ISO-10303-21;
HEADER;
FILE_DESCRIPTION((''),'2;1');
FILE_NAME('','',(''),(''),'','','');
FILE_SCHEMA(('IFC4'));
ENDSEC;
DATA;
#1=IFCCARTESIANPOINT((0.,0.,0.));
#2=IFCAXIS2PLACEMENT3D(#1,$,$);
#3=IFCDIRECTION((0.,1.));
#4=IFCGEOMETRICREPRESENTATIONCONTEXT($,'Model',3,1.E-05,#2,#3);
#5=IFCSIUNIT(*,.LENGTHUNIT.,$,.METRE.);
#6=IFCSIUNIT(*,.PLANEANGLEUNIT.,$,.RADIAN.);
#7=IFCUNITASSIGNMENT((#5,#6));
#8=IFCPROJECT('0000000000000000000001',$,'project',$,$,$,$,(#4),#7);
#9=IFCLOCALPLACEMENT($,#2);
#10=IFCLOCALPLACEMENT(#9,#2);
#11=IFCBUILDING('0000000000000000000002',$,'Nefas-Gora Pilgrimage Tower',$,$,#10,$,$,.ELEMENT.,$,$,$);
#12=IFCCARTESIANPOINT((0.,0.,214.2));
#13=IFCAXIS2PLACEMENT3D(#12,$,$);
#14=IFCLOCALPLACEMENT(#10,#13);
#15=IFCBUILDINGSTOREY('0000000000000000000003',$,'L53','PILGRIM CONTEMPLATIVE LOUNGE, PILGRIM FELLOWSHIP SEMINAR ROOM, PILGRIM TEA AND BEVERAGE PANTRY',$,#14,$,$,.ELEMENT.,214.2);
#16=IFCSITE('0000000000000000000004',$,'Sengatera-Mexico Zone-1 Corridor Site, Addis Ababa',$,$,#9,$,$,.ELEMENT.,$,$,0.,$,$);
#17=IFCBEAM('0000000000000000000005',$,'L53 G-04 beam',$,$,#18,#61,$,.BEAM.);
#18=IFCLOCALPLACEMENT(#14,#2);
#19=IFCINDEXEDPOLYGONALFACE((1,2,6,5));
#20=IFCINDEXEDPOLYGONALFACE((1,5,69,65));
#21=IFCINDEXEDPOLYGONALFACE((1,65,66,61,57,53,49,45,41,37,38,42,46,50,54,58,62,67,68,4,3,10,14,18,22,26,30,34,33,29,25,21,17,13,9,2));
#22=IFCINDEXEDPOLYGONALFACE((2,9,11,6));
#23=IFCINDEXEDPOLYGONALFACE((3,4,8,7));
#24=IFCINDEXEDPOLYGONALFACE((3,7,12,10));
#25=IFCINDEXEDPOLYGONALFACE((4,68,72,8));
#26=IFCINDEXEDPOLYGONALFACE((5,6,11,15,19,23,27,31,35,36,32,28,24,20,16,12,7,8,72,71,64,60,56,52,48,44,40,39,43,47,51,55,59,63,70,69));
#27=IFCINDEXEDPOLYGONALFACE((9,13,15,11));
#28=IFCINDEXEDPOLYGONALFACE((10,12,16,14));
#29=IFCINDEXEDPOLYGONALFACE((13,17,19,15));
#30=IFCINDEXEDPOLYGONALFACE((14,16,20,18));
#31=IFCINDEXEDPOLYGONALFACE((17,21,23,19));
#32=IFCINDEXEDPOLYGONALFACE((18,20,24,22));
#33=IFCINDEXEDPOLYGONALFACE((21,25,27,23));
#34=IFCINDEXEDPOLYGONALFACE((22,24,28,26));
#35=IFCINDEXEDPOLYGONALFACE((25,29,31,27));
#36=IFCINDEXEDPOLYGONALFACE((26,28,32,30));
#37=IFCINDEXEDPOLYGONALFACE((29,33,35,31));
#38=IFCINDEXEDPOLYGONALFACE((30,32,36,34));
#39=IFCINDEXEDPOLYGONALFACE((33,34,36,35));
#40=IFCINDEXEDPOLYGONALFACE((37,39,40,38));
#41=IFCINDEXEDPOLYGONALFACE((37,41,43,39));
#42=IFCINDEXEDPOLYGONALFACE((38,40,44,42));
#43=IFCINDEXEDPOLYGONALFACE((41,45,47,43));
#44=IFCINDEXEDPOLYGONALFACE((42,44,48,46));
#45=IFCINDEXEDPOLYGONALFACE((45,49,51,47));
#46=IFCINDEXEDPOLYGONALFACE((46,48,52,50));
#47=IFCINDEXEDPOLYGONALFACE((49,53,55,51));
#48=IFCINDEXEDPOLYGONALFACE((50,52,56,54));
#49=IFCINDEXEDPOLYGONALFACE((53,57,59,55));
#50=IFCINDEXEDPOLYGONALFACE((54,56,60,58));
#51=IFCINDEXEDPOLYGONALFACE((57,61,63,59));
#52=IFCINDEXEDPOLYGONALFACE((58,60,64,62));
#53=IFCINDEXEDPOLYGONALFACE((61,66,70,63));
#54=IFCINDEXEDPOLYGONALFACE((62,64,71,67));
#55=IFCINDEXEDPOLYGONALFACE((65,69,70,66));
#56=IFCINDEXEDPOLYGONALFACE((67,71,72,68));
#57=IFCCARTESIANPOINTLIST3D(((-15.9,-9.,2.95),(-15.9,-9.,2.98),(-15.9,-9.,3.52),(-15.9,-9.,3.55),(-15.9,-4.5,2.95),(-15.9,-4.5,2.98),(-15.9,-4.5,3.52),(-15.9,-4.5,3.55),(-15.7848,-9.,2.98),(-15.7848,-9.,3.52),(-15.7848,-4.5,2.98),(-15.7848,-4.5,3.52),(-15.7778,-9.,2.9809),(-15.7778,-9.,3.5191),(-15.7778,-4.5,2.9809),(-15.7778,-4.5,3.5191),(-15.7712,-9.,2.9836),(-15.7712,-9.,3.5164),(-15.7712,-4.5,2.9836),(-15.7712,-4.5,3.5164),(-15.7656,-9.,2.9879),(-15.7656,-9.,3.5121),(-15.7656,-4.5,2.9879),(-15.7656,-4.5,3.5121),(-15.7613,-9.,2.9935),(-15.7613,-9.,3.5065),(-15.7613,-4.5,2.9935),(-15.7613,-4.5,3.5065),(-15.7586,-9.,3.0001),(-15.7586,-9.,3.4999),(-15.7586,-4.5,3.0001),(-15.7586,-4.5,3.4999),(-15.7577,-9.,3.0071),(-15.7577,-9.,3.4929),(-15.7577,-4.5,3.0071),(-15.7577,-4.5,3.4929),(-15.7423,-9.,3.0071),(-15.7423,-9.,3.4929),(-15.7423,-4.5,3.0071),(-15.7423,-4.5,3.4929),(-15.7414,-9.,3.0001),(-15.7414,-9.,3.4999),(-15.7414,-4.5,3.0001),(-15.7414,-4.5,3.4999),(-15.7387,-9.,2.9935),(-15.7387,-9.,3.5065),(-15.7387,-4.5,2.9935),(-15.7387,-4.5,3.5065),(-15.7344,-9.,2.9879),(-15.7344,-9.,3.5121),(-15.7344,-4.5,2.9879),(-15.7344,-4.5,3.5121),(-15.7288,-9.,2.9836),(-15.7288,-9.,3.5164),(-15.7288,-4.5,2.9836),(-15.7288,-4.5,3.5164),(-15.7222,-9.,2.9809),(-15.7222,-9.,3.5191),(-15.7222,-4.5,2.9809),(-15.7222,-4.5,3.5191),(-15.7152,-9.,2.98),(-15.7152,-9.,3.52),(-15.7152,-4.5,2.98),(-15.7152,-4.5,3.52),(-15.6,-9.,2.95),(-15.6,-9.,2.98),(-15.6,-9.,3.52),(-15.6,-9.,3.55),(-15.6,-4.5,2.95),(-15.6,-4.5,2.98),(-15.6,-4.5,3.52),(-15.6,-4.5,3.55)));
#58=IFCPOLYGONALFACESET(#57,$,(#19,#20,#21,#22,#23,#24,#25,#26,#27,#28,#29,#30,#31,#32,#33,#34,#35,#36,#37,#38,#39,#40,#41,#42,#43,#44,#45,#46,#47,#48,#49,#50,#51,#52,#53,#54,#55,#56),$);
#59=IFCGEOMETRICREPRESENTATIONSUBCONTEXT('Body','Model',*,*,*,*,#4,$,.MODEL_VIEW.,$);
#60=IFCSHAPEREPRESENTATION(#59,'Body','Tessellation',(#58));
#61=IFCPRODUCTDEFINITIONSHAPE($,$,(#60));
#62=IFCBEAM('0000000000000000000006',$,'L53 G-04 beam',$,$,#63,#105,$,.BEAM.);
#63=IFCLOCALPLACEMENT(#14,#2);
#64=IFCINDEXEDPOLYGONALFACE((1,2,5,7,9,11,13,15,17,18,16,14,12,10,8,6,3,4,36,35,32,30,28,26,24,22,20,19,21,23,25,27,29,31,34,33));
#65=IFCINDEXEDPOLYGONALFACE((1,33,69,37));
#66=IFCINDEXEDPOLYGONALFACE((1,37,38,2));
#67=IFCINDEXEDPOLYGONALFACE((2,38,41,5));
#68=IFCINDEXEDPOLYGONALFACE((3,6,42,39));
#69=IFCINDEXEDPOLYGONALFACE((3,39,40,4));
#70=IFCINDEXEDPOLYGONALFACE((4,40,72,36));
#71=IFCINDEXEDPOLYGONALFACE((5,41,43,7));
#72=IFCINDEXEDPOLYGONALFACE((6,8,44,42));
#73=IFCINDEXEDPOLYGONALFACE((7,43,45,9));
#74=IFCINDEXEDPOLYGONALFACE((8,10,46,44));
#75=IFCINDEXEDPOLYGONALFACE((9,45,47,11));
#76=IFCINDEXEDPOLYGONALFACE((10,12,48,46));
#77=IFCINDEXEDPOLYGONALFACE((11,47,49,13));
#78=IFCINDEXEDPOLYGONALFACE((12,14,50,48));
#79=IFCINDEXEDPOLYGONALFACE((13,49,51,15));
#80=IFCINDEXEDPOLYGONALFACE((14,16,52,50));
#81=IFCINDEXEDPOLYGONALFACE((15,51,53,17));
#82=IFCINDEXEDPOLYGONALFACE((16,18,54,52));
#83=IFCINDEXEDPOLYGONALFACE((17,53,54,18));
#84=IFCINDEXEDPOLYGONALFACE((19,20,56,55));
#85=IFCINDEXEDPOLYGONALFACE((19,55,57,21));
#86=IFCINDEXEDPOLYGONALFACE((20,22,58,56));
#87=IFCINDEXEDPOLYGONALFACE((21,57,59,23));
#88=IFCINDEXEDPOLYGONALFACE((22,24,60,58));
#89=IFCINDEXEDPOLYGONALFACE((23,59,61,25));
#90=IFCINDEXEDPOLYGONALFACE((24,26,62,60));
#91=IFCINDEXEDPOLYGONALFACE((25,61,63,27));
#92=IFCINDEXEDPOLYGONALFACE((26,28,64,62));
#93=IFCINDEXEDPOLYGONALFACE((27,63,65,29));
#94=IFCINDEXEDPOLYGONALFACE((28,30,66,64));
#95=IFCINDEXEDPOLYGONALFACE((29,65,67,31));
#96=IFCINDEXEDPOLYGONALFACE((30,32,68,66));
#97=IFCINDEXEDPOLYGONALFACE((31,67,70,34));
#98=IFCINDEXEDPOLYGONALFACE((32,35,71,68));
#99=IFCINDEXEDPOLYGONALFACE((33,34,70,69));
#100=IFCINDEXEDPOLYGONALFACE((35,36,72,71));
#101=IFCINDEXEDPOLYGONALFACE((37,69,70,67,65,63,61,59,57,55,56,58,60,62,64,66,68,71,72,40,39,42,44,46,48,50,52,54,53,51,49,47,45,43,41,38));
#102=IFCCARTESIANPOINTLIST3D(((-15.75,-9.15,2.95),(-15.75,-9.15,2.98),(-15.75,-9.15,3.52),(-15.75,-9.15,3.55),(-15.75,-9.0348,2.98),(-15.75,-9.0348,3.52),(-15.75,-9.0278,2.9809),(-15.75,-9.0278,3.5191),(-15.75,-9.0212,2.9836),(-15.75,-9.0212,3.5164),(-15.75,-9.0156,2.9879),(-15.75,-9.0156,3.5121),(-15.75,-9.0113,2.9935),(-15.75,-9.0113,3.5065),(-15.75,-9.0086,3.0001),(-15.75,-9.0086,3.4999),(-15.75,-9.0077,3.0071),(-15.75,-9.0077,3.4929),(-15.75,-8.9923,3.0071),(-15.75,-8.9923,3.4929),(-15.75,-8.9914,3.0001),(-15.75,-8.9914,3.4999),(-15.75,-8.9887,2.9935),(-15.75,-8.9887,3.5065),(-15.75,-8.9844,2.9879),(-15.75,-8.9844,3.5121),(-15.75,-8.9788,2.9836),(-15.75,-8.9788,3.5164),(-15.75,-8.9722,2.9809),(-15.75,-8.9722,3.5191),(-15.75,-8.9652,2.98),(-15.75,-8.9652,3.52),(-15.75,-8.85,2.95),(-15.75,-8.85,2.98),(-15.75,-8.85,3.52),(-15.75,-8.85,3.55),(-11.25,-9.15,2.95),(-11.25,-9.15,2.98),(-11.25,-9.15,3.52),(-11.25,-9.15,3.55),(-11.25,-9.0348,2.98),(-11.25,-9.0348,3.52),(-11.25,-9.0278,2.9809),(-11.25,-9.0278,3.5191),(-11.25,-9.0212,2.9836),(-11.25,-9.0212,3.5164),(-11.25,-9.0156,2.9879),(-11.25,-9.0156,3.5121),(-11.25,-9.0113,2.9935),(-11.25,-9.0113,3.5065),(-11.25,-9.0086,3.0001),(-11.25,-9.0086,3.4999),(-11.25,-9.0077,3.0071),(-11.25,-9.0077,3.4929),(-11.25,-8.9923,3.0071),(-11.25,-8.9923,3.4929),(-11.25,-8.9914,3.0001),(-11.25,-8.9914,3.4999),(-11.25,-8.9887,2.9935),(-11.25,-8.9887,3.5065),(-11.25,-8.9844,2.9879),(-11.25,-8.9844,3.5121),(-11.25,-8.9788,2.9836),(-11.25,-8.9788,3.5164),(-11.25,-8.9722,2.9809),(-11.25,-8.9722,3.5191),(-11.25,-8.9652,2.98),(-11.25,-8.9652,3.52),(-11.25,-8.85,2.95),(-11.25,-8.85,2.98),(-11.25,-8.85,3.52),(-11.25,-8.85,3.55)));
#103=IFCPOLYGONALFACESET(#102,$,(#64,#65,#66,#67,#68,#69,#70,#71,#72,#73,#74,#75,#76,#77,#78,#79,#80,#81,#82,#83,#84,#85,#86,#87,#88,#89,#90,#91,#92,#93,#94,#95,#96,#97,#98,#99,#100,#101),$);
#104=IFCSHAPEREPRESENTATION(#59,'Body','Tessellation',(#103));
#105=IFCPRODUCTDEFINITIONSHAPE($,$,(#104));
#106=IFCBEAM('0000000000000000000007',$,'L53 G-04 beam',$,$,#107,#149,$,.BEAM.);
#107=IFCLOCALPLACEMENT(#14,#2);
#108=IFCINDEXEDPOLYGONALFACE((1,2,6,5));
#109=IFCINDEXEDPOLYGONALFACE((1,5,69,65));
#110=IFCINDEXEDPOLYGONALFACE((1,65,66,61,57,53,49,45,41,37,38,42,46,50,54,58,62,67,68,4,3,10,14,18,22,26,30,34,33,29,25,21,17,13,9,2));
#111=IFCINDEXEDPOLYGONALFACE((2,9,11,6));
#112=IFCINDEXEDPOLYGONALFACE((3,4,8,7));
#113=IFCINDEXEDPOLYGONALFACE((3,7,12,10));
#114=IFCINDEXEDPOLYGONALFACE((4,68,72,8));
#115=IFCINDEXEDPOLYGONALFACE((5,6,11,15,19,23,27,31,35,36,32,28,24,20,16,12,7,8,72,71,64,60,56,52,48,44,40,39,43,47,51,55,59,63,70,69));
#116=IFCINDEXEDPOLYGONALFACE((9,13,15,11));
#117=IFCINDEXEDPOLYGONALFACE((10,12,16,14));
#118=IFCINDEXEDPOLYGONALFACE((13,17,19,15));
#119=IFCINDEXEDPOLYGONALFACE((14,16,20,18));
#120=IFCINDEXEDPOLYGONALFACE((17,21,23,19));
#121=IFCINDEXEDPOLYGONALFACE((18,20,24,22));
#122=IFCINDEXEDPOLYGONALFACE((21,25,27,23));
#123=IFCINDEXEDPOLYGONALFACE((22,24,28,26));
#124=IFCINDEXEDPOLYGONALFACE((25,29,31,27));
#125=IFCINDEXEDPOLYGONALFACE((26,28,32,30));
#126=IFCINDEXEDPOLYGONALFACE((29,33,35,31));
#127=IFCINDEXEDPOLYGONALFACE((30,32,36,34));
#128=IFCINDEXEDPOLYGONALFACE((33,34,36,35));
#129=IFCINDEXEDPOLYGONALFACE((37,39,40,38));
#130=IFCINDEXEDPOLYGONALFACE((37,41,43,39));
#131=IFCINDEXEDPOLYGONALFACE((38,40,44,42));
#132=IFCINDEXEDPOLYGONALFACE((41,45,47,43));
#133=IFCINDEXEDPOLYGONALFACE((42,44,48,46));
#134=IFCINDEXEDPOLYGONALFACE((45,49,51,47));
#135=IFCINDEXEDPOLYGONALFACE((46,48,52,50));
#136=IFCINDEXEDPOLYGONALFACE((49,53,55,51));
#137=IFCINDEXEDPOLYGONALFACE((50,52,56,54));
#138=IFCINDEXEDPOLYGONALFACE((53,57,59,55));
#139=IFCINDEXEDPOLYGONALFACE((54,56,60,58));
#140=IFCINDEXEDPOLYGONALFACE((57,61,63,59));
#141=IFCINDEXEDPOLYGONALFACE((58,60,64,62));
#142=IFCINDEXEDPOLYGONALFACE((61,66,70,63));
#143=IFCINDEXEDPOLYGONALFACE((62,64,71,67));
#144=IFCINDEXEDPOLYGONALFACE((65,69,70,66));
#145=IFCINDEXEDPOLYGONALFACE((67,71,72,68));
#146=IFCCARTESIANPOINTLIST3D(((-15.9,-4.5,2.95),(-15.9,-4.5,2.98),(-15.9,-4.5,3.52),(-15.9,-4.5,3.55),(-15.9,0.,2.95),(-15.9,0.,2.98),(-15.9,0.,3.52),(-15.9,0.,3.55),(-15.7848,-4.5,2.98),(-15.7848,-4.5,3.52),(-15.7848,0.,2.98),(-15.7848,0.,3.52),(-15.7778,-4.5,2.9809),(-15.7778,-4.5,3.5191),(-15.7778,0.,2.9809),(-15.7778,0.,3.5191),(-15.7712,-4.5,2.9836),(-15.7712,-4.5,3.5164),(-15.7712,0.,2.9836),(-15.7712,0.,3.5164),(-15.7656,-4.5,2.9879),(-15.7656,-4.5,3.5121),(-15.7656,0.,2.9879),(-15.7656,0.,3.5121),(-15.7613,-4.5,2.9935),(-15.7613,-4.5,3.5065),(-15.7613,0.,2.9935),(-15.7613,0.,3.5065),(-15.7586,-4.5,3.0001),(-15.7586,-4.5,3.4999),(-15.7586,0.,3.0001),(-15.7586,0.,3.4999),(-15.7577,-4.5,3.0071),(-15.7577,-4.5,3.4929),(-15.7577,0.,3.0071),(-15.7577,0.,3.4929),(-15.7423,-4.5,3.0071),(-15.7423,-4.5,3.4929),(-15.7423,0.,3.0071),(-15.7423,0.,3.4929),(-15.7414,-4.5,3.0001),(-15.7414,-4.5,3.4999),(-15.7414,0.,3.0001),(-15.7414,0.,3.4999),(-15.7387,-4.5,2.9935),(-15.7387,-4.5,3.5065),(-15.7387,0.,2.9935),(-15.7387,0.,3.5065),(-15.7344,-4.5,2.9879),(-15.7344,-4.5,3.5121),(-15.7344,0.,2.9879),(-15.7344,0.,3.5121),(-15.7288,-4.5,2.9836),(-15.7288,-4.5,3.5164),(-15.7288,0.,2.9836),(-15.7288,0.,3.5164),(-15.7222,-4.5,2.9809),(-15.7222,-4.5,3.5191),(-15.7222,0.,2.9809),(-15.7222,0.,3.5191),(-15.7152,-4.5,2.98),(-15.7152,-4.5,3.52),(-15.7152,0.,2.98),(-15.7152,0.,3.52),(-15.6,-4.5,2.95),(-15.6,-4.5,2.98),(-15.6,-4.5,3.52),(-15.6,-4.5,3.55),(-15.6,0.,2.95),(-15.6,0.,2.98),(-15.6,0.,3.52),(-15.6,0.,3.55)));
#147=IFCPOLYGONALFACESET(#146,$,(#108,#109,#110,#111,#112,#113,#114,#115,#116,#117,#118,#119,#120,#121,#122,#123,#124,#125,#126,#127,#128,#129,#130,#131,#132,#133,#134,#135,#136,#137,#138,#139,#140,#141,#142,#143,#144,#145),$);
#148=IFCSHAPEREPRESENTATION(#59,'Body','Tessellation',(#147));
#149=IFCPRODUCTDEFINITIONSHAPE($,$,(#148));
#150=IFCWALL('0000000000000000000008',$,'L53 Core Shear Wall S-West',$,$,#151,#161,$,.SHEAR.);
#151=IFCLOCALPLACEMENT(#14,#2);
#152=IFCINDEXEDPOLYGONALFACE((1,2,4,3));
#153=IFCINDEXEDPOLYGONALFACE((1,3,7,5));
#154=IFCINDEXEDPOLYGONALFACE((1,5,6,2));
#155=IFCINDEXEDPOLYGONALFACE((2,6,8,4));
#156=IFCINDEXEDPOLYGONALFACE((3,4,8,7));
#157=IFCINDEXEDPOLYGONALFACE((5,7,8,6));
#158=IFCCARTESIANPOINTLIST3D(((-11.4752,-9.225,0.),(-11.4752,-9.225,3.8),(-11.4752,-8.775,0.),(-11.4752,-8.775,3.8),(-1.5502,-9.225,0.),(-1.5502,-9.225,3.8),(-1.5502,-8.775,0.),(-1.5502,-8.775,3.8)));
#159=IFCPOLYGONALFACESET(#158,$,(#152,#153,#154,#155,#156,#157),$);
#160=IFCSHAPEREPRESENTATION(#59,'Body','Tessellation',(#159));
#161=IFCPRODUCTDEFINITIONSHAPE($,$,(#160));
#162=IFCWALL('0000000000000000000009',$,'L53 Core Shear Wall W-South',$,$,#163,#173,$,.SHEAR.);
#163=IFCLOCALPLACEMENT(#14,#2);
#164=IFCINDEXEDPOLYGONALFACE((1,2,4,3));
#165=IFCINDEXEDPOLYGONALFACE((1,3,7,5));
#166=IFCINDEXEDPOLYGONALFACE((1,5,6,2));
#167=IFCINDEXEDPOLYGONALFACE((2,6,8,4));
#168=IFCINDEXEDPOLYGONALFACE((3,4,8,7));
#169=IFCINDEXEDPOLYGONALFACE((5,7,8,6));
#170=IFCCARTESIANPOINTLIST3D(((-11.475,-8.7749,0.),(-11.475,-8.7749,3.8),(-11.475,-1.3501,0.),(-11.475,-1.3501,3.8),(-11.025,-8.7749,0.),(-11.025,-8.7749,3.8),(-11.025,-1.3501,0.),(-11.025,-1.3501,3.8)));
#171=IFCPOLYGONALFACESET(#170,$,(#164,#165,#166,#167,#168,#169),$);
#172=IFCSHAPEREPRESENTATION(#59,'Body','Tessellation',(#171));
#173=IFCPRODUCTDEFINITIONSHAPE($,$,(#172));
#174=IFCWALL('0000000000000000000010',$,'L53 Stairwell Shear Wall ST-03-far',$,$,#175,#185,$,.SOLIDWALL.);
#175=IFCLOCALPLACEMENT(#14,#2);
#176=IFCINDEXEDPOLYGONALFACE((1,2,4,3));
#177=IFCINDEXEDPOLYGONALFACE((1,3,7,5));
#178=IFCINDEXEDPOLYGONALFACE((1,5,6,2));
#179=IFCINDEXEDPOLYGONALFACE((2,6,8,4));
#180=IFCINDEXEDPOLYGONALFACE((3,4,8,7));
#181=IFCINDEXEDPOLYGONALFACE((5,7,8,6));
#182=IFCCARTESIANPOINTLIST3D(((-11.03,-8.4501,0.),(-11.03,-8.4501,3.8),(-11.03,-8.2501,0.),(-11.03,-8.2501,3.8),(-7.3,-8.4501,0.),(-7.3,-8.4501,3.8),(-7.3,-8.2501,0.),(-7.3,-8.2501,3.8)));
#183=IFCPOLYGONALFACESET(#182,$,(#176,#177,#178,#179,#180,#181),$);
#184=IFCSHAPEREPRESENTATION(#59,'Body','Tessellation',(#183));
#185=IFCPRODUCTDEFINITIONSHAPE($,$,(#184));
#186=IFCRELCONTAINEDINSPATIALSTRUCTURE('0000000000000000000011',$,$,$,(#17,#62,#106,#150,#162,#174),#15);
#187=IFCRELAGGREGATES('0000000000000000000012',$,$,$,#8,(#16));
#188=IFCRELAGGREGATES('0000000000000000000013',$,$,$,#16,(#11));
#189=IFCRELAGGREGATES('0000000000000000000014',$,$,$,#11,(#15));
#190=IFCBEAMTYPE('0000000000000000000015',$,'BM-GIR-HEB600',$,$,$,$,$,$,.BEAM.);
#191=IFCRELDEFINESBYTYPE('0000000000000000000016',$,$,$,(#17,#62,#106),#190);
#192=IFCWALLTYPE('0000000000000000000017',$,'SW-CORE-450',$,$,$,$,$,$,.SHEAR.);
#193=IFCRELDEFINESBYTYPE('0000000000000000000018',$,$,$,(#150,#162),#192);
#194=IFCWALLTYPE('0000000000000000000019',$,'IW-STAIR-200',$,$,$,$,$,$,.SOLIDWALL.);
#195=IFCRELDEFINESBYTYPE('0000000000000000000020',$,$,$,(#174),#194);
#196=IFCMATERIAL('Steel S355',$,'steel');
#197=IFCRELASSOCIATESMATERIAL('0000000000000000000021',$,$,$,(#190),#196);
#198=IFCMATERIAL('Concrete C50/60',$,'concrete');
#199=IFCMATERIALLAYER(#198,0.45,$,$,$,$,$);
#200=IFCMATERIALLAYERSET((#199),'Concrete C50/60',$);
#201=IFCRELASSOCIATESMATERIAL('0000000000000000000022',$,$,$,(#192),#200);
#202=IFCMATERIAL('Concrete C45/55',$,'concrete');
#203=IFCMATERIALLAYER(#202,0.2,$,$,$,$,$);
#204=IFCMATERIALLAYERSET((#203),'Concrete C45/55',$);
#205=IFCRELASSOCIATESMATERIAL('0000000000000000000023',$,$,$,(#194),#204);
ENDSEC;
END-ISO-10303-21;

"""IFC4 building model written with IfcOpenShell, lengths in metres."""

from ifc_helpers import new_model, si_unit, direction, frame, frame_2d, origin, origin_2d, place, context, subcontext, project, spatial, rectangle, i_section, extrude, source, transform, mapped, material, layer, layer_set, material_profile, profile_set, type_object, element, save


model = new_model("IFC4")

# Units and contexts
model_context = context("Model", 3, precision=1e-05, world=origin(), true_north=direction((0.0, 1.0)))
body_context = subcontext(model_context, "Body", "Model", "MODEL_VIEW")
ifc_project = project(units=[si_unit("LENGTHUNIT", "METRE"), si_unit("PLANEANGLEUNIT", "RADIAN")], contexts=[model_context])

# Site, building, storey
site_placement = place(None, origin())
site = spatial("IfcSite", under=ifc_project, at=site_placement, Name="Sengatera-Mexico Zone-1 Corridor Site, Addis Ababa", CompositionType="ELEMENT", RefElevation=0.0)
building_placement = place(site_placement, origin())
building = spatial("IfcBuilding", under=site, at=building_placement, Name="Nefas-Gora Pilgrimage Tower", CompositionType="ELEMENT")
storey_placement = place(building_placement, frame((0.0, 0.0, 214.2)))
storey = spatial("IfcBuildingStorey", under=building, at=storey_placement, Name="L53", Description="PILGRIM CONTEMPLATIVE LOUNGE, PILGRIM FELLOWSHIP SEMINAR ROOM, PILGRIM TEA AND BEVERAGE PANTRY", CompositionType="ELEMENT", Elevation=214.2)

# Beams
ifc_material_1 = material(Name="Concrete C50/60", Category="concrete")
ifc_material_2 = material(Name="Steel S355", Category="steel")
ifc_material_profile_1 = material_profile(ifc_material_2, i_section(OverallWidth=0.3, OverallDepth=0.6001, WebThickness=0.0154, FlangeThickness=0.03, FilletRadius=0.0271, at=origin_2d()), Name="HEB 600")
ifc_profile_set_1 = profile_set([ifc_material_profile_1], Name="Steel S355")
beam_type_1 = type_object("IfcBeamType", Name="BM-GIR-HEB600", PredefinedType="BEAM", material=ifc_profile_set_1)
shared_shape_1 = source(origin(), body_context, "Body", "SweptSolid", [
    extrude(i_section(OverallWidth=0.3, OverallDepth=0.6001, WebThickness=0.0154, FlangeThickness=0.03, FilletRadius=0.0271, at=origin_2d()), origin(), (0.0, 0.0, 1.0), 4.5),
])
for number, where, z_axis, x_axis, name in (
    (1, (-15.75, -9.0, 3.25), (0.0, 1.0, 0.0), (-1.0, 0.0, 0.0), "L53 G-04 beam"),
    (2, (-15.75, -9.0, 3.25), (1.0, 0.0, 0.0), (0.0, 1.0, 0.0), "L53 G-04 beam"),
    (3, (-15.75, -4.5, 3.25), (0.0, 1.0, 0.0), (-1.0, 0.0, 0.0), "L53 G-04 beam"),
):
    element("IfcBeam", number, at=place(storey_placement, frame(where, z_axis=z_axis, x_axis=x_axis)), inside=storey, type_object=beam_type_1, Name=name, PredefinedType="BEAM", context=body_context, shape_type="MappedRepresentation", body=[
        mapped(shared_shape_1, transform((0.0, 0.0, 0.0), x_axis=(1.0, 0.0, 0.0), y_axis=(0.0, 1.0, 0.0), z_axis=(0.0, 0.0, 1.0), scale=1.0)),
    ])

# Walls
ifc_layer_1 = layer(ifc_material_1, 0.45)
ifc_layer_set_1 = layer_set([ifc_layer_1], Name="Concrete C50/60")
wall_type_1 = type_object("IfcWallType", Name="SW-CORE-450", PredefinedType="SHEAR", material=ifc_layer_set_1)
shared_shape_2 = source(origin(), body_context, "Body", "SweptSolid", [
    extrude(rectangle(XDim=9.925, YDim=0.45, at=frame_2d((4.9624, 0.0))), origin(), (0.0, 0.0, 1.0), 3.8),
])
wall_1_placement = place(storey_placement, frame((-11.4751, -9.0, 0.0), z_axis=(0.0, 0.0, 1.0), x_axis=(1.0, 0.0, 0.0)))
element("IfcWall", 4, at=wall_1_placement, inside=storey, type_object=wall_type_1, Name="L53 Core Shear Wall S-West", PredefinedType="SHEAR", context=body_context, shape_type="MappedRepresentation", body=[
    mapped(shared_shape_2, transform((0.0, 0.0, 0.0), x_axis=(1.0, 0.0, 0.0), y_axis=(0.0, 1.0, 0.0), z_axis=(0.0, 0.0, 1.0), scale=1.0)),
])
shared_shape_3 = source(origin(), body_context, "Body", "SweptSolid", [
    extrude(rectangle(XDim=7.4248, YDim=0.45, at=frame_2d((3.7124, 0.0))), origin(), (0.0, 0.0, 1.0), 3.8),
])
wall_2_placement = place(storey_placement, frame((-11.25, -8.7749, 0.0), z_axis=(0.0, 0.0, 1.0), x_axis=(0.0, 1.0, 0.0)))
element("IfcWall", 5, at=wall_2_placement, inside=storey, type_object=wall_type_1, Name="L53 Core Shear Wall W-South", PredefinedType="SHEAR", context=body_context, shape_type="MappedRepresentation", body=[
    mapped(shared_shape_3, transform((0.0, 0.0, 0.0), x_axis=(1.0, 0.0, 0.0), y_axis=(0.0, 1.0, 0.0), z_axis=(0.0, 0.0, 1.0), scale=1.0)),
])
ifc_material_3 = material(Name="Concrete C45/55", Category="concrete")
ifc_layer_2 = layer(ifc_material_3, 0.2)
ifc_layer_set_2 = layer_set([ifc_layer_2], Name="Concrete C45/55")
wall_type_2 = type_object("IfcWallType", Name="IW-STAIR-200", PredefinedType="SOLIDWALL", material=ifc_layer_set_2)
shared_shape_4 = source(origin(), body_context, "Body", "SweptSolid", [
    extrude(rectangle(XDim=3.73, YDim=0.2, at=frame_2d((1.865, 0.0))), origin(), (0.0, 0.0, 1.0), 3.8),
])
wall_3_placement = place(storey_placement, frame((-11.03, -8.3501, 0.0), z_axis=(0.0, 0.0, 1.0), x_axis=(1.0, 0.0, 0.0)))
element("IfcWall", 6, at=wall_3_placement, inside=storey, type_object=wall_type_2, Name="L53 Stairwell Shear Wall ST-03-far", PredefinedType="SOLIDWALL", context=body_context, shape_type="MappedRepresentation", body=[
    mapped(shared_shape_4, transform((0.0, 0.0, 0.0), x_axis=(1.0, 0.0, 0.0), y_axis=(0.0, 1.0, 0.0), z_axis=(0.0, 0.0, 1.0), scale=1.0)),
])

save(model, "model.ifc")
